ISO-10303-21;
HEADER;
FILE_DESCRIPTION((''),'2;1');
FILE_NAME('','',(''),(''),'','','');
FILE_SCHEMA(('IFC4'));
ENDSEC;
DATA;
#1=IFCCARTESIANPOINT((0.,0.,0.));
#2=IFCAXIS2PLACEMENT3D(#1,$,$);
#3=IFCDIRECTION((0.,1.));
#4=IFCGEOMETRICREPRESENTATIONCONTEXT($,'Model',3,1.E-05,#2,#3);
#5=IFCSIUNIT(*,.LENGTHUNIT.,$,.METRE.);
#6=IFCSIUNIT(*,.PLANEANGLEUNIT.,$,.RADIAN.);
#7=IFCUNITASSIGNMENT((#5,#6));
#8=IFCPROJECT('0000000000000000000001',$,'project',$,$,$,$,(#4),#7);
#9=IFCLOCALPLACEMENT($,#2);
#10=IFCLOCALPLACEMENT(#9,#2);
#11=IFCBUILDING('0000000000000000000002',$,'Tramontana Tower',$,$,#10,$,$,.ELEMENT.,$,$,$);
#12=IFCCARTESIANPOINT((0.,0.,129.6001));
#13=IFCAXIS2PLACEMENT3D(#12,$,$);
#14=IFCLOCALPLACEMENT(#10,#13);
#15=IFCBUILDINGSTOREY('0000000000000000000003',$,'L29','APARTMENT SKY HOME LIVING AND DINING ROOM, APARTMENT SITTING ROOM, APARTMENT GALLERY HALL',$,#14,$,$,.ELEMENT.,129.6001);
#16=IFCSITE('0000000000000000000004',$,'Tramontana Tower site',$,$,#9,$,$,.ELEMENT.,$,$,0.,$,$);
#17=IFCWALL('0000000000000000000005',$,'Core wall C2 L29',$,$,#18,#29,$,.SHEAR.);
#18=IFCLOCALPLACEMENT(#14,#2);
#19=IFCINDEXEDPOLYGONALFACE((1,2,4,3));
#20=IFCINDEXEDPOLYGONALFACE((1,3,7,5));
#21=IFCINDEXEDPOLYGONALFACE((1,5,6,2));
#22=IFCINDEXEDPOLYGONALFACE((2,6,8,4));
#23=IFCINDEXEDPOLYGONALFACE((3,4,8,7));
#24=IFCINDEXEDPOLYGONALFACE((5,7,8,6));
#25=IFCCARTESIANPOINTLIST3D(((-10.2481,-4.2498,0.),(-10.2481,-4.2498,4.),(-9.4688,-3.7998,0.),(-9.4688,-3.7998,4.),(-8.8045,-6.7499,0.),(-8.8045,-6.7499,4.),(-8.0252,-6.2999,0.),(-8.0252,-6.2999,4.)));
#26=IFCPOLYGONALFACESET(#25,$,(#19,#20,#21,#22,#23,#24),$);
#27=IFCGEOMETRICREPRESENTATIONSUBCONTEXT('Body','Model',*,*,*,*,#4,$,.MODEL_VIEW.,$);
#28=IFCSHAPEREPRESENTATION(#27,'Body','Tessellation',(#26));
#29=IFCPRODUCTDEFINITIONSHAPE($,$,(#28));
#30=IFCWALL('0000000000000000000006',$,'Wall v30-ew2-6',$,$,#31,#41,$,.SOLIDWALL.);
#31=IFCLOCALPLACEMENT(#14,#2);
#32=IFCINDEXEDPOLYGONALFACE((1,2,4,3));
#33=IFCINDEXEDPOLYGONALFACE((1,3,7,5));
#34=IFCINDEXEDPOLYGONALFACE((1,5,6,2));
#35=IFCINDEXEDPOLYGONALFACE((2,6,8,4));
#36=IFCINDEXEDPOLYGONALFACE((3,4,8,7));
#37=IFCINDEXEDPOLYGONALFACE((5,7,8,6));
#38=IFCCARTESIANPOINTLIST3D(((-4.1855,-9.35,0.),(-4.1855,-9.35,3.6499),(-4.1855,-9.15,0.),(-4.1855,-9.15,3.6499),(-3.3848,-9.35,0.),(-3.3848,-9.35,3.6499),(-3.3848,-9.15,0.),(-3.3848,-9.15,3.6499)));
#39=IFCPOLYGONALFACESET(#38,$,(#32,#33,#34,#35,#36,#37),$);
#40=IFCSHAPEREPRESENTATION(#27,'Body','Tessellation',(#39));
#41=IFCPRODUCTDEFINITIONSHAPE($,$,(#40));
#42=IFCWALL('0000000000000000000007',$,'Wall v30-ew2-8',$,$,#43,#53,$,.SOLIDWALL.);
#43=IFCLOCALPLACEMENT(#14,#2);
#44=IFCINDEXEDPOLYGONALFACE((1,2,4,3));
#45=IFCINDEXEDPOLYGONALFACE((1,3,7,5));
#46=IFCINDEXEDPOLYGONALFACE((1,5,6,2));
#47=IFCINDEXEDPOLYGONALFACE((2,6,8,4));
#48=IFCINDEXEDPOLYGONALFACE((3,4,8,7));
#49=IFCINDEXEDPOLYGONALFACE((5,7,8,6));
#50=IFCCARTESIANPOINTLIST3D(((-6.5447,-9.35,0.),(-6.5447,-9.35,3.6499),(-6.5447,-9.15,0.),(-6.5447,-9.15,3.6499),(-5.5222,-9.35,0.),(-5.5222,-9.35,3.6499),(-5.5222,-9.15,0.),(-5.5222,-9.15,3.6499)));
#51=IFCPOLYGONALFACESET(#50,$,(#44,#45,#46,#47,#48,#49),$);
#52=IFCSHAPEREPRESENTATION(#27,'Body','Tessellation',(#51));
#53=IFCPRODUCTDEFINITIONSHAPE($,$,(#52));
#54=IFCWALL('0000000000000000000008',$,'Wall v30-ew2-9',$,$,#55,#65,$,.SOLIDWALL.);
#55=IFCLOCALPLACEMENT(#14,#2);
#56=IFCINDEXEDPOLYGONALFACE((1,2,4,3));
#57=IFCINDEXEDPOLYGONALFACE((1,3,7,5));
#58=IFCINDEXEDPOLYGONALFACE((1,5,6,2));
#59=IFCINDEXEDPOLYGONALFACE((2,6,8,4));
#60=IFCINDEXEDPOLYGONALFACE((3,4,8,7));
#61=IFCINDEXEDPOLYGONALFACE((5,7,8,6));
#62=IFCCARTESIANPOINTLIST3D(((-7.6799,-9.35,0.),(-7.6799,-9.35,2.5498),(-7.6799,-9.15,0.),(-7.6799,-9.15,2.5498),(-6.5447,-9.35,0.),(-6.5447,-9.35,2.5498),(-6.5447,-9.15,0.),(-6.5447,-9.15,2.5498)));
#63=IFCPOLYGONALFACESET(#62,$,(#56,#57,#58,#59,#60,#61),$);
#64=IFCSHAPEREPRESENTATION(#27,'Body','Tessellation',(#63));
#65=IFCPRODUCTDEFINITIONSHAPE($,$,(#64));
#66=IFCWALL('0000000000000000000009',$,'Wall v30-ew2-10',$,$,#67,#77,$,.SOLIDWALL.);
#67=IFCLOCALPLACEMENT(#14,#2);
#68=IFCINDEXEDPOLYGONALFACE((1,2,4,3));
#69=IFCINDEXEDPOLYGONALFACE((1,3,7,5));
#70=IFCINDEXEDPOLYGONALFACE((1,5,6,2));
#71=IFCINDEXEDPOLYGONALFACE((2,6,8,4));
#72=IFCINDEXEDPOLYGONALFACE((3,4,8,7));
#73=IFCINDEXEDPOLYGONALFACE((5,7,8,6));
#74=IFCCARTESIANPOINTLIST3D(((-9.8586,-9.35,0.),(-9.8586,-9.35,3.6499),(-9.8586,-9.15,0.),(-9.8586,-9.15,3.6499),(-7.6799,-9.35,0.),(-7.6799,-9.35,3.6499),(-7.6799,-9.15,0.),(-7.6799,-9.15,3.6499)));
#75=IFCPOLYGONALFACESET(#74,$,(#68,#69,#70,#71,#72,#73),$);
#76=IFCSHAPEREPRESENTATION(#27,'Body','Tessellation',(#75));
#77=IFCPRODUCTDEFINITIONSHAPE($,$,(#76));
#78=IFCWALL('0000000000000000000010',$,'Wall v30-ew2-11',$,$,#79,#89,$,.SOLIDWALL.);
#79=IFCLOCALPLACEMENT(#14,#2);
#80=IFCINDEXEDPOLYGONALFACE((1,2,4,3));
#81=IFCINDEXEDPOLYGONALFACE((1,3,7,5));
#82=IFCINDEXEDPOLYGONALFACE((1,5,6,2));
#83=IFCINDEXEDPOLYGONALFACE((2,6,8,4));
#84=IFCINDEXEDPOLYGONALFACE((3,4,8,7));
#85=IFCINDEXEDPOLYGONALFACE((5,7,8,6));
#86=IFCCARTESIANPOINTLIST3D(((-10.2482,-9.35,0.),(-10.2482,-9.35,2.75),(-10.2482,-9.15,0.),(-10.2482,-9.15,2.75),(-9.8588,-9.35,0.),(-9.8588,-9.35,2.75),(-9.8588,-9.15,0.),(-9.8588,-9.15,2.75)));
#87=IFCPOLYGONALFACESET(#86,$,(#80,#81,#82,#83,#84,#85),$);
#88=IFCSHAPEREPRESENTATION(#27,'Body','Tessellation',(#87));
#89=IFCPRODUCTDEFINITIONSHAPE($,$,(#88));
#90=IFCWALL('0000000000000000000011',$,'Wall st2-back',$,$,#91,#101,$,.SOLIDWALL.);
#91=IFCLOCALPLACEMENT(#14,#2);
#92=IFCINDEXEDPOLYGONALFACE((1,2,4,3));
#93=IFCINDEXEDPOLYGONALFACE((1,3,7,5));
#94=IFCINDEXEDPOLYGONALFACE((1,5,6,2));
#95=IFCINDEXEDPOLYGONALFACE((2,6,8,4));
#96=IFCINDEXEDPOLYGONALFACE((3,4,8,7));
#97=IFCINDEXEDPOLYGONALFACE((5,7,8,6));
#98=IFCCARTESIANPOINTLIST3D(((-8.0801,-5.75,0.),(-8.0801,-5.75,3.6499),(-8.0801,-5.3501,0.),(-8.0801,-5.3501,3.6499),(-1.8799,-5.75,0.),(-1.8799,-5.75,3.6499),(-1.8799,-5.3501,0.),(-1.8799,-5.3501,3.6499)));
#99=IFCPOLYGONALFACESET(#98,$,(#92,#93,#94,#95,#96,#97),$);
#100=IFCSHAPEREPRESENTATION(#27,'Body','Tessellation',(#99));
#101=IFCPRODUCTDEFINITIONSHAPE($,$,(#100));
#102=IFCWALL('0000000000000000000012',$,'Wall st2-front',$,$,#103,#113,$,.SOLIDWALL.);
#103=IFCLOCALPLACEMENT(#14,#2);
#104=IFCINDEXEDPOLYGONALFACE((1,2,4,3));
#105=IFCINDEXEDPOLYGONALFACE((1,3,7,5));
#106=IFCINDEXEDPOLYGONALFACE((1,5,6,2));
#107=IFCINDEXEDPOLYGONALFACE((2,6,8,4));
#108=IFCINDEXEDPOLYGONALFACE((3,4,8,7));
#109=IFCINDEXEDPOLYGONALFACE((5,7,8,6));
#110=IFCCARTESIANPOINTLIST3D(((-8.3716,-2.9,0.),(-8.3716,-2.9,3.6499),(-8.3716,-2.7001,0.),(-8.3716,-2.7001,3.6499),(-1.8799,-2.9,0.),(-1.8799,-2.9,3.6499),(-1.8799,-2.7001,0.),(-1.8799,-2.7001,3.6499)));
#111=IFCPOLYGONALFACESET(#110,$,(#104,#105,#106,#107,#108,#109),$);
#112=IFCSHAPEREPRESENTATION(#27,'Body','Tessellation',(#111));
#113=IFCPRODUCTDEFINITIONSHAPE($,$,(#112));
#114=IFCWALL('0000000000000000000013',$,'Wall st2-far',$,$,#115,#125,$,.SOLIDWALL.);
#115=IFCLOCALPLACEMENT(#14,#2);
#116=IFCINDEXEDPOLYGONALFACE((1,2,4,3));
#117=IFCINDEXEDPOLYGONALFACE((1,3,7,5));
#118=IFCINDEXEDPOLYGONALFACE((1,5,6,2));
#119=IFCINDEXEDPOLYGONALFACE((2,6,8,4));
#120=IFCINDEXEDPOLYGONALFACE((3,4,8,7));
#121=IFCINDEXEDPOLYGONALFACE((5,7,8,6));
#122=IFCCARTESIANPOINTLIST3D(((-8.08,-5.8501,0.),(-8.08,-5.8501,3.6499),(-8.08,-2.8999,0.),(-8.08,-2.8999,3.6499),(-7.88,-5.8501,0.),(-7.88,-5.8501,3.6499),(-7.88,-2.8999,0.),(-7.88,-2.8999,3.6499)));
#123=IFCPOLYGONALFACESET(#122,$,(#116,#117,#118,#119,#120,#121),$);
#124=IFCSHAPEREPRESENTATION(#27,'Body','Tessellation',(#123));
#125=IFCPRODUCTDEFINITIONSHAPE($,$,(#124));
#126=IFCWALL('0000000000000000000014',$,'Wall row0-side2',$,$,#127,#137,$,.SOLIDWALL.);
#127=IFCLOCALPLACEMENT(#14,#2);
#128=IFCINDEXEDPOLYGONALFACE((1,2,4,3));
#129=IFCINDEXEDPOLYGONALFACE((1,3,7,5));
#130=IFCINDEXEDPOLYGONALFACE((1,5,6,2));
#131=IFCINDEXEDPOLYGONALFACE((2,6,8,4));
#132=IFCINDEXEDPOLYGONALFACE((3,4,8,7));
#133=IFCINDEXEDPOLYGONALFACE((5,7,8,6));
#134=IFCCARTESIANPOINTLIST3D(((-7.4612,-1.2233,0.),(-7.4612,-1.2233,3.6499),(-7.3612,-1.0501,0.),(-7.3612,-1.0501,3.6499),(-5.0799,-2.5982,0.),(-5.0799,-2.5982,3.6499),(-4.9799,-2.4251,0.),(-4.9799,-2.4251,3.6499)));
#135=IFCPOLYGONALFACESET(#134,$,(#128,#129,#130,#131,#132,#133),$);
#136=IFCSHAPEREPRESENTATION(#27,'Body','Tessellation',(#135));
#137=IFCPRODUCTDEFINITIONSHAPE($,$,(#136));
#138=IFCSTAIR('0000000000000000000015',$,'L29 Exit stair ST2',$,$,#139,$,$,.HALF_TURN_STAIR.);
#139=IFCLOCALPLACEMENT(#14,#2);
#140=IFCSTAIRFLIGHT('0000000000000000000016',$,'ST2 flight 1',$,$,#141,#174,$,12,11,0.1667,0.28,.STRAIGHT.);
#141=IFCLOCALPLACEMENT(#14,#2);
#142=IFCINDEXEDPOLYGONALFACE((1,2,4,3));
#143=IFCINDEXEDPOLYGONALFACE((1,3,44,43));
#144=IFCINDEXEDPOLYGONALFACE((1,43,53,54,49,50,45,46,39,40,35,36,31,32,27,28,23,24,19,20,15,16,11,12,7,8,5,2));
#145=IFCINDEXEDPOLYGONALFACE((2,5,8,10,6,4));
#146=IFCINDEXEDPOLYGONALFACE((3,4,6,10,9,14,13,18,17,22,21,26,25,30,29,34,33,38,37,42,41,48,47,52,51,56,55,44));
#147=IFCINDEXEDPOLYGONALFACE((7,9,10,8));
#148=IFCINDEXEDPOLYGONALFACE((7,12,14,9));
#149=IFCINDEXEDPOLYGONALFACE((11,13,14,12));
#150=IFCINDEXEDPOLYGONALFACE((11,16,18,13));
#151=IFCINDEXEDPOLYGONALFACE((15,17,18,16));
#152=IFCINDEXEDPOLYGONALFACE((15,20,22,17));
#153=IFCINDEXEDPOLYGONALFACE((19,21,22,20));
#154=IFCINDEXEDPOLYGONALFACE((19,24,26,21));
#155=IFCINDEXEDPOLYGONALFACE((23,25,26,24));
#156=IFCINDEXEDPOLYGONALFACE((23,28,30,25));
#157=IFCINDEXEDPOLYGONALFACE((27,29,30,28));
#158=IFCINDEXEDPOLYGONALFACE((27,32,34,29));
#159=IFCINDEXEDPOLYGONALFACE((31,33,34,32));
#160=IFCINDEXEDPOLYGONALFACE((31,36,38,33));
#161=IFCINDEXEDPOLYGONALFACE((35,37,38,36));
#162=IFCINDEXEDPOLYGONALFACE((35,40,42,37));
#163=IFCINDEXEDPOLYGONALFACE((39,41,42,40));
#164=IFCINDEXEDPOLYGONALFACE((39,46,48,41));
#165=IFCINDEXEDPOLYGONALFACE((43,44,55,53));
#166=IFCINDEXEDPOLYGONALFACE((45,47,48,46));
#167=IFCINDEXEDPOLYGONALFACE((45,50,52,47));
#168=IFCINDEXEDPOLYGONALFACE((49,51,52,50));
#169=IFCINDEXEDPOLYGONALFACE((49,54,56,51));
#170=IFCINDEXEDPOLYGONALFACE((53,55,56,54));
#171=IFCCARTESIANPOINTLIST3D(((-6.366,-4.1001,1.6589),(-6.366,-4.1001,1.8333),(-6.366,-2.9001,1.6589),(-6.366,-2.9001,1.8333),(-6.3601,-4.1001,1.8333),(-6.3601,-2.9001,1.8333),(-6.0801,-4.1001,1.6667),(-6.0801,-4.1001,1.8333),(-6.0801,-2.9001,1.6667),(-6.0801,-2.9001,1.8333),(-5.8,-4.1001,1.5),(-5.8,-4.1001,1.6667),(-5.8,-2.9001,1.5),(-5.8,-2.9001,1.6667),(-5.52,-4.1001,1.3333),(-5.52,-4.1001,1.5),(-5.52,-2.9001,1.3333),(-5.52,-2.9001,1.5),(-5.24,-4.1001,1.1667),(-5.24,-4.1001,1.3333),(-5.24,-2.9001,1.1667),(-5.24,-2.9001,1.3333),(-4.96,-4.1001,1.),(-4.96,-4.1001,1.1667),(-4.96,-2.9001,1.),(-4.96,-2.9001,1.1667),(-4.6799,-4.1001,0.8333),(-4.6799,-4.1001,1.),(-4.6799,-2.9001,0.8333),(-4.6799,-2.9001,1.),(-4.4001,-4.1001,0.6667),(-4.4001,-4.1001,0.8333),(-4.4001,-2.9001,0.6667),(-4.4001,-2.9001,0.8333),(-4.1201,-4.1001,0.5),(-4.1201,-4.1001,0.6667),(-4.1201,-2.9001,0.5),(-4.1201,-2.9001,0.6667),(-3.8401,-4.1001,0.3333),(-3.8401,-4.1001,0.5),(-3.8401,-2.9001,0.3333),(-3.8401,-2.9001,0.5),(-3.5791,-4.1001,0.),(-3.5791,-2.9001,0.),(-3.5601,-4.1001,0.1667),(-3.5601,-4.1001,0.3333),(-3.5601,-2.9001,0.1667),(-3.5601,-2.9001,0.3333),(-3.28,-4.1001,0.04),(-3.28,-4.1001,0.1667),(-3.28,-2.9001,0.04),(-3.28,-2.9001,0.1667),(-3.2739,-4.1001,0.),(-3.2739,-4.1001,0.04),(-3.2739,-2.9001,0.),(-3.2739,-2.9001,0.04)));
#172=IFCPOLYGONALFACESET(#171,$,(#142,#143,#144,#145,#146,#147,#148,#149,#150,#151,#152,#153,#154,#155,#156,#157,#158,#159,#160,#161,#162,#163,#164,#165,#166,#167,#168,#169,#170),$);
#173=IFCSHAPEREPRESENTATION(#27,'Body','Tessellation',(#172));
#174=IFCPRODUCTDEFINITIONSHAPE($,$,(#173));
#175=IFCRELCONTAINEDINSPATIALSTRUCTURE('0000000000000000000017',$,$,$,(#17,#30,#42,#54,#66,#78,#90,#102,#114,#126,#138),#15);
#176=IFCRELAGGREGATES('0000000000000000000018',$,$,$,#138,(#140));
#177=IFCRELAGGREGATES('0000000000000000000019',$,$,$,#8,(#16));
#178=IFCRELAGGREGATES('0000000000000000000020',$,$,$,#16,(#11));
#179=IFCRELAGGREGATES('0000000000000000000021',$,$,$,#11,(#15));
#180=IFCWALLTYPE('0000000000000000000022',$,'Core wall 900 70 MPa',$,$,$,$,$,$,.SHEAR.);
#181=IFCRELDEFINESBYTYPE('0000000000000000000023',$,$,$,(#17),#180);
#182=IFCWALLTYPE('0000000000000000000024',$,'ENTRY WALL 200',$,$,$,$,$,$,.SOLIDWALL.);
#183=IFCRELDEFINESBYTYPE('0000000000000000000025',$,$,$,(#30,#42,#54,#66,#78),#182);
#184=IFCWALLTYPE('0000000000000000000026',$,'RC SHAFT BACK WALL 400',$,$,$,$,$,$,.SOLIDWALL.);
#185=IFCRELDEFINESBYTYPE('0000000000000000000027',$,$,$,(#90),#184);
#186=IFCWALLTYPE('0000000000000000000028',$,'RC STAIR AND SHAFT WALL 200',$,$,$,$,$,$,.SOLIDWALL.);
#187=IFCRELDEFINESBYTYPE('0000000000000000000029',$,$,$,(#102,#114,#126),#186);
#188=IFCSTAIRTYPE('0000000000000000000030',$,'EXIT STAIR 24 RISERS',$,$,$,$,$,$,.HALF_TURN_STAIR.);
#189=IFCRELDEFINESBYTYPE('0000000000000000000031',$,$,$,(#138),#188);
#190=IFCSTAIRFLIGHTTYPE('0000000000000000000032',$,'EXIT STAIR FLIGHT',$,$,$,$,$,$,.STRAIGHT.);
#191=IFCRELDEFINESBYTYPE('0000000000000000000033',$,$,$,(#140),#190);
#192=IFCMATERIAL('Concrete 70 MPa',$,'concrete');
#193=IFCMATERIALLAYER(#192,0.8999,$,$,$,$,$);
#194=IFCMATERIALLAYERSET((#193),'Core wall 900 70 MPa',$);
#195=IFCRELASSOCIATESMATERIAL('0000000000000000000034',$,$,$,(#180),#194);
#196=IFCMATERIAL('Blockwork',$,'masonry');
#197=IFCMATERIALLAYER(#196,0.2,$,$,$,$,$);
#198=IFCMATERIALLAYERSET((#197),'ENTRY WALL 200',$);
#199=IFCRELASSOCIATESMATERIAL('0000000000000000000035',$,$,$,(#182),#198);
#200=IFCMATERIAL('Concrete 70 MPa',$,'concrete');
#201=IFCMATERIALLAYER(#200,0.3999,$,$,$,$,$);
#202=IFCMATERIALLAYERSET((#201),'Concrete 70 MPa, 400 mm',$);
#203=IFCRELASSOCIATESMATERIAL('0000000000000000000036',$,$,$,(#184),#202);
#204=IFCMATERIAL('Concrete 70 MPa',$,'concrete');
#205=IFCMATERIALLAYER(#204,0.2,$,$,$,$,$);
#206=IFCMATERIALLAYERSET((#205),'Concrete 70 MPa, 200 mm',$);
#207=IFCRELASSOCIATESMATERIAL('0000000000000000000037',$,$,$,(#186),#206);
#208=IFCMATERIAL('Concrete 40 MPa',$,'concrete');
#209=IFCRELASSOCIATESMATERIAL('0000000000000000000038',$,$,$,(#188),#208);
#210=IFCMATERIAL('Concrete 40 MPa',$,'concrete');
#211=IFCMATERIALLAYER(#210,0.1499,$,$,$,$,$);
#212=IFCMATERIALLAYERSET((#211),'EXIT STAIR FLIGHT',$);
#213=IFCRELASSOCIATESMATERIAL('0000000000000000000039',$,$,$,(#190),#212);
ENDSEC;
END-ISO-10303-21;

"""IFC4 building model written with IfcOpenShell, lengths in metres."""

from ifc_helpers import new_model, si_unit, direction, frame, frame_2d, origin, place, context, subcontext, project, spatial, polyline, rectangle, outline, extrude, material, layer, layer_set, type_object, element, aggregate, save


model = new_model("IFC4")

# Units and contexts
model_context = context("Model", 3, precision=1e-05, world=origin(), true_north=direction((0.0, 1.0)))
body_context = subcontext(model_context, "Body", "Model", "MODEL_VIEW")
ifc_project = project(units=[si_unit("LENGTHUNIT", "METRE"), si_unit("PLANEANGLEUNIT", "RADIAN")], contexts=[model_context])

# Site, building, storey
site_placement = place(None, origin())
site = spatial("IfcSite", under=ifc_project, at=site_placement, Name="Tramontana Tower site", CompositionType="ELEMENT", RefElevation=0.0)
building_placement = place(site_placement, origin())
building = spatial("IfcBuilding", under=site, at=building_placement, Name="Tramontana Tower", CompositionType="ELEMENT")
storey_placement = place(building_placement, frame((0.0, 0.0, 129.6001)))
storey = spatial("IfcBuildingStorey", under=building, at=storey_placement, Name="L29", Description="APARTMENT SKY HOME LIVING AND DINING ROOM, APARTMENT SITTING ROOM, APARTMENT GALLERY HALL", CompositionType="ELEMENT", Elevation=129.6001)

# Wall
ifc_material_1 = material(Name="Concrete 70 MPa", Category="concrete")
ifc_layer_1 = layer(ifc_material_1, 0.8999)
ifc_layer_set_1 = layer_set([ifc_layer_1], Name="Core wall 900 70 MPa")
wall_type_1 = type_object("IfcWallType", Name="Core wall 900 70 MPa", PredefinedType="SHEAR", material=ifc_layer_set_1)
wall_1_placement = place(storey_placement, frame((-9.8584, -4.0249, 0.0), z_axis=(0.0, 0.0, 1.0), x_axis=(0.500059, -0.865991, 0.0)))
element("IfcWall", 1, at=wall_1_placement, inside=storey, type_object=wall_type_1, Name="Core wall C2 L29", PredefinedType="SHEAR", context=body_context, shape_type="SweptSolid", body=[
    extrude(rectangle(XDim=2.887, YDim=0.8999, at=frame_2d((1.4434, 0.0))), origin(), (0.0, 0.0, 1.0), 4.0),
])

# Wall
ifc_material_2 = material(Name="Blockwork", Category="masonry")
ifc_layer_2 = layer(ifc_material_2, 0.2)
ifc_layer_set_2 = layer_set([ifc_layer_2], Name="ENTRY WALL 200")
wall_type_2 = type_object("IfcWallType", Name="ENTRY WALL 200", PredefinedType="SOLIDWALL", material=ifc_layer_set_2)
wall_2_placement = place(storey_placement, frame((-3.3848, -9.25, 0.0), z_axis=(0.0, 0.0, 1.0), x_axis=(-1.0, 0.0, 0.0)))
element("IfcWall", 2, at=wall_2_placement, inside=storey, type_object=wall_type_2, Name="Wall v30-ew2-6", PredefinedType="SOLIDWALL", context=body_context, shape_type="SweptSolid", body=[
    extrude(rectangle(XDim=0.8008, YDim=0.2, at=frame_2d((0.4004, 0.0))), origin(), (0.0, 0.0, 1.0), 3.6499),
])

# Walls
wall_3_placement = place(storey_placement, frame((-5.5222, -9.25, 0.0), z_axis=(0.0, 0.0, 1.0), x_axis=(-1.0, 0.0, 0.0)))
element("IfcWall", 3, at=wall_3_placement, inside=storey, type_object=wall_type_2, Name="Wall v30-ew2-8", PredefinedType="SOLIDWALL", context=body_context, shape_type="SweptSolid", body=[
    extrude(rectangle(XDim=1.0225, YDim=0.2, at=frame_2d((0.5112, 0.0))), origin(), (0.0, 0.0, 1.0), 3.6499),
])
wall_4_placement = place(storey_placement, frame((-6.5447, -9.25, 0.0), z_axis=(0.0, 0.0, 1.0), x_axis=(-1.0, 0.0, 0.0)))
element("IfcWall", 4, at=wall_4_placement, inside=storey, type_object=wall_type_2, Name="Wall v30-ew2-9", PredefinedType="SOLIDWALL", context=body_context, shape_type="SweptSolid", body=[
    extrude(rectangle(XDim=1.1353, YDim=0.2, at=frame_2d((0.5676, 0.0))), origin(), (0.0, 0.0, 1.0), 2.5498),
])
wall_5_placement = place(storey_placement, frame((-7.6799, -9.25, 0.0), z_axis=(0.0, 0.0, 1.0), x_axis=(-1.0, 0.0, 0.0)))
element("IfcWall", 5, at=wall_5_placement, inside=storey, type_object=wall_type_2, Name="Wall v30-ew2-10", PredefinedType="SOLIDWALL", context=body_context, shape_type="SweptSolid", body=[
    extrude(rectangle(XDim=2.1787, YDim=0.2, at=frame_2d((1.0894, 0.0))), origin(), (0.0, 0.0, 1.0), 3.6499),
])
wall_6_placement = place(storey_placement, frame((-9.8586, -9.25, 0.0), z_axis=(0.0, 0.0, 1.0), x_axis=(-1.0, 0.0, 0.0)))
element("IfcWall", 6, at=wall_6_placement, inside=storey, type_object=wall_type_2, Name="Wall v30-ew2-11", PredefinedType="SOLIDWALL", context=body_context, shape_type="SweptSolid", body=[
    extrude(rectangle(XDim=0.3894, YDim=0.2, at=frame_2d((0.1948, 0.0))), origin(), (0.0, 0.0, 1.0), 2.75),
])
ifc_material_3 = material(Name="Concrete 70 MPa", Category="concrete")
ifc_layer_3 = layer(ifc_material_3, 0.3999)
ifc_layer_set_3 = layer_set([ifc_layer_3], Name="Concrete 70 MPa, 400 mm")
wall_type_3 = type_object("IfcWallType", Name="RC SHAFT BACK WALL 400", PredefinedType="SOLIDWALL", material=ifc_layer_set_3)
wall_7_placement = place(storey_placement, frame((-8.0801, -5.55, 0.0), z_axis=(0.0, 0.0, 1.0), x_axis=(1.0, 0.0, 0.0)))
element("IfcWall", 7, at=wall_7_placement, inside=storey, type_object=wall_type_3, Name="Wall st2-back", PredefinedType="SOLIDWALL", context=body_context, shape_type="SweptSolid", body=[
    extrude(rectangle(XDim=6.2002, YDim=0.3999, at=frame_2d((3.1001, 0.0))), origin(), (0.0, 0.0, 1.0), 3.6499),
])
ifc_material_4 = material(Name="Concrete 70 MPa", Category="concrete")
ifc_layer_4 = layer(ifc_material_4, 0.2)
ifc_layer_set_4 = layer_set([ifc_layer_4], Name="Concrete 70 MPa, 200 mm")
wall_type_4 = type_object("IfcWallType", Name="RC STAIR AND SHAFT WALL 200", PredefinedType="SOLIDWALL", material=ifc_layer_set_4)
wall_8_placement = place(storey_placement, frame((-8.3716, -2.8, 0.0), z_axis=(0.0, 0.0, 1.0), x_axis=(1.0, 0.0, 0.0)))
element("IfcWall", 8, at=wall_8_placement, inside=storey, type_object=wall_type_4, Name="Wall st2-front", PredefinedType="SOLIDWALL", context=body_context, shape_type="SweptSolid", body=[
    extrude(rectangle(XDim=6.4917, YDim=0.2, at=frame_2d((3.2458, 0.0))), origin(), (0.0, 0.0, 1.0), 3.6499),
])
wall_9_placement = place(storey_placement, frame((-7.98, -2.8999, 0.0), z_axis=(0.0, 0.0, 1.0), x_axis=(0.0, -1.0, 0.0)))
element("IfcWall", 9, at=wall_9_placement, inside=storey, type_object=wall_type_4, Name="Wall st2-far", PredefinedType="SOLIDWALL", context=body_context, shape_type="SweptSolid", body=[
    extrude(rectangle(XDim=2.9502, YDim=0.2, at=frame_2d((1.4751, 0.0))), origin(), (0.0, 0.0, 1.0), 3.6499),
])
wall_10_placement = place(storey_placement, frame((-5.0298, -2.5117, 0.0), z_axis=(0.0, 0.0, 1.0), x_axis=(-0.866005, 0.500035, 0.0)))
element("IfcWall", 10, at=wall_10_placement, inside=storey, type_object=wall_type_4, Name="Wall row0-side2", PredefinedType="SOLIDWALL", context=body_context, shape_type="SweptSolid", body=[
    extrude(rectangle(XDim=2.7498, YDim=0.2, at=frame_2d((1.375, 0.0))), origin(), (0.0, 0.0, 1.0), 3.6499),
])

# Stair, stair flight
ifc_material_5 = material(Name="Concrete 40 MPa", Category="concrete")
stair_type = type_object("IfcStairType", Name="EXIT STAIR 24 RISERS", PredefinedType="HALF_TURN_STAIR", material=ifc_material_5)
stair_placement = place(storey_placement, origin())
stair = element("IfcStair", 11, at=stair_placement, inside=storey, type_object=stair_type, Name="L29 Exit stair ST2", PredefinedType="HALF_TURN_STAIR")
ifc_material_6 = material(Name="Concrete 40 MPa", Category="concrete")
ifc_layer_5 = layer(ifc_material_6, 0.1499)
ifc_layer_set_5 = layer_set([ifc_layer_5], Name="EXIT STAIR FLIGHT")
stair_flight_type = type_object("IfcStairFlightType", Name="EXIT STAIR FLIGHT", PredefinedType="STRAIGHT", material=ifc_layer_set_5)
stair_flight_1_placement = place(storey_placement, frame((-3.28, -3.5, 0.0), z_axis=(0.0, 0.0, 1.0), x_axis=(-1.0, 0.0, 0.0)))
stair_flight_1 = element("IfcStairFlight", 12, at=stair_flight_1_placement, type_object=stair_flight_type, Name="ST2 flight 1", NumberOfRisers=12, NumberOfTreads=11, PredefinedType="STRAIGHT", RiserHeight=0.1667, TreadLength=0.28, context=body_context, shape_type="SweptSolid", body=[
    extrude(outline(polyline([(-0.0061, 0.0), (-0.0061, 0.04), (0.0, 0.04), (0.0, 0.1667), (0.28, 0.1667), (0.28, 0.3333), (0.5601, 0.3333), (0.5601, 0.5), (0.8401, 0.5), (0.8401, 0.6667), (1.1201, 0.6667), (1.1201, 0.8333), (1.3999, 0.8333), (1.3999, 1.0), (1.6799, 1.0), (1.6799, 1.1667), (1.96, 1.1667), (1.96, 1.3333), (2.24, 1.3333), (2.24, 1.5), (2.52, 1.5), (2.52, 1.6667), (2.8, 1.6667), (2.8, 1.8333), (3.0801, 1.8333), (3.0859, 1.8333), (3.0859, 1.6589), (0.2991, 0.0), (-0.0061, 0.0)])), frame((0.0, 0.6001, 0.0), z_axis=(0.0, -1.0, 0.0), x_axis=(1.0, 0.0, 0.0)), (0.0, 0.0, 1.0), 1.2),
])
aggregate(stair, [stair_flight_1])

save(model, "model.ifc")
